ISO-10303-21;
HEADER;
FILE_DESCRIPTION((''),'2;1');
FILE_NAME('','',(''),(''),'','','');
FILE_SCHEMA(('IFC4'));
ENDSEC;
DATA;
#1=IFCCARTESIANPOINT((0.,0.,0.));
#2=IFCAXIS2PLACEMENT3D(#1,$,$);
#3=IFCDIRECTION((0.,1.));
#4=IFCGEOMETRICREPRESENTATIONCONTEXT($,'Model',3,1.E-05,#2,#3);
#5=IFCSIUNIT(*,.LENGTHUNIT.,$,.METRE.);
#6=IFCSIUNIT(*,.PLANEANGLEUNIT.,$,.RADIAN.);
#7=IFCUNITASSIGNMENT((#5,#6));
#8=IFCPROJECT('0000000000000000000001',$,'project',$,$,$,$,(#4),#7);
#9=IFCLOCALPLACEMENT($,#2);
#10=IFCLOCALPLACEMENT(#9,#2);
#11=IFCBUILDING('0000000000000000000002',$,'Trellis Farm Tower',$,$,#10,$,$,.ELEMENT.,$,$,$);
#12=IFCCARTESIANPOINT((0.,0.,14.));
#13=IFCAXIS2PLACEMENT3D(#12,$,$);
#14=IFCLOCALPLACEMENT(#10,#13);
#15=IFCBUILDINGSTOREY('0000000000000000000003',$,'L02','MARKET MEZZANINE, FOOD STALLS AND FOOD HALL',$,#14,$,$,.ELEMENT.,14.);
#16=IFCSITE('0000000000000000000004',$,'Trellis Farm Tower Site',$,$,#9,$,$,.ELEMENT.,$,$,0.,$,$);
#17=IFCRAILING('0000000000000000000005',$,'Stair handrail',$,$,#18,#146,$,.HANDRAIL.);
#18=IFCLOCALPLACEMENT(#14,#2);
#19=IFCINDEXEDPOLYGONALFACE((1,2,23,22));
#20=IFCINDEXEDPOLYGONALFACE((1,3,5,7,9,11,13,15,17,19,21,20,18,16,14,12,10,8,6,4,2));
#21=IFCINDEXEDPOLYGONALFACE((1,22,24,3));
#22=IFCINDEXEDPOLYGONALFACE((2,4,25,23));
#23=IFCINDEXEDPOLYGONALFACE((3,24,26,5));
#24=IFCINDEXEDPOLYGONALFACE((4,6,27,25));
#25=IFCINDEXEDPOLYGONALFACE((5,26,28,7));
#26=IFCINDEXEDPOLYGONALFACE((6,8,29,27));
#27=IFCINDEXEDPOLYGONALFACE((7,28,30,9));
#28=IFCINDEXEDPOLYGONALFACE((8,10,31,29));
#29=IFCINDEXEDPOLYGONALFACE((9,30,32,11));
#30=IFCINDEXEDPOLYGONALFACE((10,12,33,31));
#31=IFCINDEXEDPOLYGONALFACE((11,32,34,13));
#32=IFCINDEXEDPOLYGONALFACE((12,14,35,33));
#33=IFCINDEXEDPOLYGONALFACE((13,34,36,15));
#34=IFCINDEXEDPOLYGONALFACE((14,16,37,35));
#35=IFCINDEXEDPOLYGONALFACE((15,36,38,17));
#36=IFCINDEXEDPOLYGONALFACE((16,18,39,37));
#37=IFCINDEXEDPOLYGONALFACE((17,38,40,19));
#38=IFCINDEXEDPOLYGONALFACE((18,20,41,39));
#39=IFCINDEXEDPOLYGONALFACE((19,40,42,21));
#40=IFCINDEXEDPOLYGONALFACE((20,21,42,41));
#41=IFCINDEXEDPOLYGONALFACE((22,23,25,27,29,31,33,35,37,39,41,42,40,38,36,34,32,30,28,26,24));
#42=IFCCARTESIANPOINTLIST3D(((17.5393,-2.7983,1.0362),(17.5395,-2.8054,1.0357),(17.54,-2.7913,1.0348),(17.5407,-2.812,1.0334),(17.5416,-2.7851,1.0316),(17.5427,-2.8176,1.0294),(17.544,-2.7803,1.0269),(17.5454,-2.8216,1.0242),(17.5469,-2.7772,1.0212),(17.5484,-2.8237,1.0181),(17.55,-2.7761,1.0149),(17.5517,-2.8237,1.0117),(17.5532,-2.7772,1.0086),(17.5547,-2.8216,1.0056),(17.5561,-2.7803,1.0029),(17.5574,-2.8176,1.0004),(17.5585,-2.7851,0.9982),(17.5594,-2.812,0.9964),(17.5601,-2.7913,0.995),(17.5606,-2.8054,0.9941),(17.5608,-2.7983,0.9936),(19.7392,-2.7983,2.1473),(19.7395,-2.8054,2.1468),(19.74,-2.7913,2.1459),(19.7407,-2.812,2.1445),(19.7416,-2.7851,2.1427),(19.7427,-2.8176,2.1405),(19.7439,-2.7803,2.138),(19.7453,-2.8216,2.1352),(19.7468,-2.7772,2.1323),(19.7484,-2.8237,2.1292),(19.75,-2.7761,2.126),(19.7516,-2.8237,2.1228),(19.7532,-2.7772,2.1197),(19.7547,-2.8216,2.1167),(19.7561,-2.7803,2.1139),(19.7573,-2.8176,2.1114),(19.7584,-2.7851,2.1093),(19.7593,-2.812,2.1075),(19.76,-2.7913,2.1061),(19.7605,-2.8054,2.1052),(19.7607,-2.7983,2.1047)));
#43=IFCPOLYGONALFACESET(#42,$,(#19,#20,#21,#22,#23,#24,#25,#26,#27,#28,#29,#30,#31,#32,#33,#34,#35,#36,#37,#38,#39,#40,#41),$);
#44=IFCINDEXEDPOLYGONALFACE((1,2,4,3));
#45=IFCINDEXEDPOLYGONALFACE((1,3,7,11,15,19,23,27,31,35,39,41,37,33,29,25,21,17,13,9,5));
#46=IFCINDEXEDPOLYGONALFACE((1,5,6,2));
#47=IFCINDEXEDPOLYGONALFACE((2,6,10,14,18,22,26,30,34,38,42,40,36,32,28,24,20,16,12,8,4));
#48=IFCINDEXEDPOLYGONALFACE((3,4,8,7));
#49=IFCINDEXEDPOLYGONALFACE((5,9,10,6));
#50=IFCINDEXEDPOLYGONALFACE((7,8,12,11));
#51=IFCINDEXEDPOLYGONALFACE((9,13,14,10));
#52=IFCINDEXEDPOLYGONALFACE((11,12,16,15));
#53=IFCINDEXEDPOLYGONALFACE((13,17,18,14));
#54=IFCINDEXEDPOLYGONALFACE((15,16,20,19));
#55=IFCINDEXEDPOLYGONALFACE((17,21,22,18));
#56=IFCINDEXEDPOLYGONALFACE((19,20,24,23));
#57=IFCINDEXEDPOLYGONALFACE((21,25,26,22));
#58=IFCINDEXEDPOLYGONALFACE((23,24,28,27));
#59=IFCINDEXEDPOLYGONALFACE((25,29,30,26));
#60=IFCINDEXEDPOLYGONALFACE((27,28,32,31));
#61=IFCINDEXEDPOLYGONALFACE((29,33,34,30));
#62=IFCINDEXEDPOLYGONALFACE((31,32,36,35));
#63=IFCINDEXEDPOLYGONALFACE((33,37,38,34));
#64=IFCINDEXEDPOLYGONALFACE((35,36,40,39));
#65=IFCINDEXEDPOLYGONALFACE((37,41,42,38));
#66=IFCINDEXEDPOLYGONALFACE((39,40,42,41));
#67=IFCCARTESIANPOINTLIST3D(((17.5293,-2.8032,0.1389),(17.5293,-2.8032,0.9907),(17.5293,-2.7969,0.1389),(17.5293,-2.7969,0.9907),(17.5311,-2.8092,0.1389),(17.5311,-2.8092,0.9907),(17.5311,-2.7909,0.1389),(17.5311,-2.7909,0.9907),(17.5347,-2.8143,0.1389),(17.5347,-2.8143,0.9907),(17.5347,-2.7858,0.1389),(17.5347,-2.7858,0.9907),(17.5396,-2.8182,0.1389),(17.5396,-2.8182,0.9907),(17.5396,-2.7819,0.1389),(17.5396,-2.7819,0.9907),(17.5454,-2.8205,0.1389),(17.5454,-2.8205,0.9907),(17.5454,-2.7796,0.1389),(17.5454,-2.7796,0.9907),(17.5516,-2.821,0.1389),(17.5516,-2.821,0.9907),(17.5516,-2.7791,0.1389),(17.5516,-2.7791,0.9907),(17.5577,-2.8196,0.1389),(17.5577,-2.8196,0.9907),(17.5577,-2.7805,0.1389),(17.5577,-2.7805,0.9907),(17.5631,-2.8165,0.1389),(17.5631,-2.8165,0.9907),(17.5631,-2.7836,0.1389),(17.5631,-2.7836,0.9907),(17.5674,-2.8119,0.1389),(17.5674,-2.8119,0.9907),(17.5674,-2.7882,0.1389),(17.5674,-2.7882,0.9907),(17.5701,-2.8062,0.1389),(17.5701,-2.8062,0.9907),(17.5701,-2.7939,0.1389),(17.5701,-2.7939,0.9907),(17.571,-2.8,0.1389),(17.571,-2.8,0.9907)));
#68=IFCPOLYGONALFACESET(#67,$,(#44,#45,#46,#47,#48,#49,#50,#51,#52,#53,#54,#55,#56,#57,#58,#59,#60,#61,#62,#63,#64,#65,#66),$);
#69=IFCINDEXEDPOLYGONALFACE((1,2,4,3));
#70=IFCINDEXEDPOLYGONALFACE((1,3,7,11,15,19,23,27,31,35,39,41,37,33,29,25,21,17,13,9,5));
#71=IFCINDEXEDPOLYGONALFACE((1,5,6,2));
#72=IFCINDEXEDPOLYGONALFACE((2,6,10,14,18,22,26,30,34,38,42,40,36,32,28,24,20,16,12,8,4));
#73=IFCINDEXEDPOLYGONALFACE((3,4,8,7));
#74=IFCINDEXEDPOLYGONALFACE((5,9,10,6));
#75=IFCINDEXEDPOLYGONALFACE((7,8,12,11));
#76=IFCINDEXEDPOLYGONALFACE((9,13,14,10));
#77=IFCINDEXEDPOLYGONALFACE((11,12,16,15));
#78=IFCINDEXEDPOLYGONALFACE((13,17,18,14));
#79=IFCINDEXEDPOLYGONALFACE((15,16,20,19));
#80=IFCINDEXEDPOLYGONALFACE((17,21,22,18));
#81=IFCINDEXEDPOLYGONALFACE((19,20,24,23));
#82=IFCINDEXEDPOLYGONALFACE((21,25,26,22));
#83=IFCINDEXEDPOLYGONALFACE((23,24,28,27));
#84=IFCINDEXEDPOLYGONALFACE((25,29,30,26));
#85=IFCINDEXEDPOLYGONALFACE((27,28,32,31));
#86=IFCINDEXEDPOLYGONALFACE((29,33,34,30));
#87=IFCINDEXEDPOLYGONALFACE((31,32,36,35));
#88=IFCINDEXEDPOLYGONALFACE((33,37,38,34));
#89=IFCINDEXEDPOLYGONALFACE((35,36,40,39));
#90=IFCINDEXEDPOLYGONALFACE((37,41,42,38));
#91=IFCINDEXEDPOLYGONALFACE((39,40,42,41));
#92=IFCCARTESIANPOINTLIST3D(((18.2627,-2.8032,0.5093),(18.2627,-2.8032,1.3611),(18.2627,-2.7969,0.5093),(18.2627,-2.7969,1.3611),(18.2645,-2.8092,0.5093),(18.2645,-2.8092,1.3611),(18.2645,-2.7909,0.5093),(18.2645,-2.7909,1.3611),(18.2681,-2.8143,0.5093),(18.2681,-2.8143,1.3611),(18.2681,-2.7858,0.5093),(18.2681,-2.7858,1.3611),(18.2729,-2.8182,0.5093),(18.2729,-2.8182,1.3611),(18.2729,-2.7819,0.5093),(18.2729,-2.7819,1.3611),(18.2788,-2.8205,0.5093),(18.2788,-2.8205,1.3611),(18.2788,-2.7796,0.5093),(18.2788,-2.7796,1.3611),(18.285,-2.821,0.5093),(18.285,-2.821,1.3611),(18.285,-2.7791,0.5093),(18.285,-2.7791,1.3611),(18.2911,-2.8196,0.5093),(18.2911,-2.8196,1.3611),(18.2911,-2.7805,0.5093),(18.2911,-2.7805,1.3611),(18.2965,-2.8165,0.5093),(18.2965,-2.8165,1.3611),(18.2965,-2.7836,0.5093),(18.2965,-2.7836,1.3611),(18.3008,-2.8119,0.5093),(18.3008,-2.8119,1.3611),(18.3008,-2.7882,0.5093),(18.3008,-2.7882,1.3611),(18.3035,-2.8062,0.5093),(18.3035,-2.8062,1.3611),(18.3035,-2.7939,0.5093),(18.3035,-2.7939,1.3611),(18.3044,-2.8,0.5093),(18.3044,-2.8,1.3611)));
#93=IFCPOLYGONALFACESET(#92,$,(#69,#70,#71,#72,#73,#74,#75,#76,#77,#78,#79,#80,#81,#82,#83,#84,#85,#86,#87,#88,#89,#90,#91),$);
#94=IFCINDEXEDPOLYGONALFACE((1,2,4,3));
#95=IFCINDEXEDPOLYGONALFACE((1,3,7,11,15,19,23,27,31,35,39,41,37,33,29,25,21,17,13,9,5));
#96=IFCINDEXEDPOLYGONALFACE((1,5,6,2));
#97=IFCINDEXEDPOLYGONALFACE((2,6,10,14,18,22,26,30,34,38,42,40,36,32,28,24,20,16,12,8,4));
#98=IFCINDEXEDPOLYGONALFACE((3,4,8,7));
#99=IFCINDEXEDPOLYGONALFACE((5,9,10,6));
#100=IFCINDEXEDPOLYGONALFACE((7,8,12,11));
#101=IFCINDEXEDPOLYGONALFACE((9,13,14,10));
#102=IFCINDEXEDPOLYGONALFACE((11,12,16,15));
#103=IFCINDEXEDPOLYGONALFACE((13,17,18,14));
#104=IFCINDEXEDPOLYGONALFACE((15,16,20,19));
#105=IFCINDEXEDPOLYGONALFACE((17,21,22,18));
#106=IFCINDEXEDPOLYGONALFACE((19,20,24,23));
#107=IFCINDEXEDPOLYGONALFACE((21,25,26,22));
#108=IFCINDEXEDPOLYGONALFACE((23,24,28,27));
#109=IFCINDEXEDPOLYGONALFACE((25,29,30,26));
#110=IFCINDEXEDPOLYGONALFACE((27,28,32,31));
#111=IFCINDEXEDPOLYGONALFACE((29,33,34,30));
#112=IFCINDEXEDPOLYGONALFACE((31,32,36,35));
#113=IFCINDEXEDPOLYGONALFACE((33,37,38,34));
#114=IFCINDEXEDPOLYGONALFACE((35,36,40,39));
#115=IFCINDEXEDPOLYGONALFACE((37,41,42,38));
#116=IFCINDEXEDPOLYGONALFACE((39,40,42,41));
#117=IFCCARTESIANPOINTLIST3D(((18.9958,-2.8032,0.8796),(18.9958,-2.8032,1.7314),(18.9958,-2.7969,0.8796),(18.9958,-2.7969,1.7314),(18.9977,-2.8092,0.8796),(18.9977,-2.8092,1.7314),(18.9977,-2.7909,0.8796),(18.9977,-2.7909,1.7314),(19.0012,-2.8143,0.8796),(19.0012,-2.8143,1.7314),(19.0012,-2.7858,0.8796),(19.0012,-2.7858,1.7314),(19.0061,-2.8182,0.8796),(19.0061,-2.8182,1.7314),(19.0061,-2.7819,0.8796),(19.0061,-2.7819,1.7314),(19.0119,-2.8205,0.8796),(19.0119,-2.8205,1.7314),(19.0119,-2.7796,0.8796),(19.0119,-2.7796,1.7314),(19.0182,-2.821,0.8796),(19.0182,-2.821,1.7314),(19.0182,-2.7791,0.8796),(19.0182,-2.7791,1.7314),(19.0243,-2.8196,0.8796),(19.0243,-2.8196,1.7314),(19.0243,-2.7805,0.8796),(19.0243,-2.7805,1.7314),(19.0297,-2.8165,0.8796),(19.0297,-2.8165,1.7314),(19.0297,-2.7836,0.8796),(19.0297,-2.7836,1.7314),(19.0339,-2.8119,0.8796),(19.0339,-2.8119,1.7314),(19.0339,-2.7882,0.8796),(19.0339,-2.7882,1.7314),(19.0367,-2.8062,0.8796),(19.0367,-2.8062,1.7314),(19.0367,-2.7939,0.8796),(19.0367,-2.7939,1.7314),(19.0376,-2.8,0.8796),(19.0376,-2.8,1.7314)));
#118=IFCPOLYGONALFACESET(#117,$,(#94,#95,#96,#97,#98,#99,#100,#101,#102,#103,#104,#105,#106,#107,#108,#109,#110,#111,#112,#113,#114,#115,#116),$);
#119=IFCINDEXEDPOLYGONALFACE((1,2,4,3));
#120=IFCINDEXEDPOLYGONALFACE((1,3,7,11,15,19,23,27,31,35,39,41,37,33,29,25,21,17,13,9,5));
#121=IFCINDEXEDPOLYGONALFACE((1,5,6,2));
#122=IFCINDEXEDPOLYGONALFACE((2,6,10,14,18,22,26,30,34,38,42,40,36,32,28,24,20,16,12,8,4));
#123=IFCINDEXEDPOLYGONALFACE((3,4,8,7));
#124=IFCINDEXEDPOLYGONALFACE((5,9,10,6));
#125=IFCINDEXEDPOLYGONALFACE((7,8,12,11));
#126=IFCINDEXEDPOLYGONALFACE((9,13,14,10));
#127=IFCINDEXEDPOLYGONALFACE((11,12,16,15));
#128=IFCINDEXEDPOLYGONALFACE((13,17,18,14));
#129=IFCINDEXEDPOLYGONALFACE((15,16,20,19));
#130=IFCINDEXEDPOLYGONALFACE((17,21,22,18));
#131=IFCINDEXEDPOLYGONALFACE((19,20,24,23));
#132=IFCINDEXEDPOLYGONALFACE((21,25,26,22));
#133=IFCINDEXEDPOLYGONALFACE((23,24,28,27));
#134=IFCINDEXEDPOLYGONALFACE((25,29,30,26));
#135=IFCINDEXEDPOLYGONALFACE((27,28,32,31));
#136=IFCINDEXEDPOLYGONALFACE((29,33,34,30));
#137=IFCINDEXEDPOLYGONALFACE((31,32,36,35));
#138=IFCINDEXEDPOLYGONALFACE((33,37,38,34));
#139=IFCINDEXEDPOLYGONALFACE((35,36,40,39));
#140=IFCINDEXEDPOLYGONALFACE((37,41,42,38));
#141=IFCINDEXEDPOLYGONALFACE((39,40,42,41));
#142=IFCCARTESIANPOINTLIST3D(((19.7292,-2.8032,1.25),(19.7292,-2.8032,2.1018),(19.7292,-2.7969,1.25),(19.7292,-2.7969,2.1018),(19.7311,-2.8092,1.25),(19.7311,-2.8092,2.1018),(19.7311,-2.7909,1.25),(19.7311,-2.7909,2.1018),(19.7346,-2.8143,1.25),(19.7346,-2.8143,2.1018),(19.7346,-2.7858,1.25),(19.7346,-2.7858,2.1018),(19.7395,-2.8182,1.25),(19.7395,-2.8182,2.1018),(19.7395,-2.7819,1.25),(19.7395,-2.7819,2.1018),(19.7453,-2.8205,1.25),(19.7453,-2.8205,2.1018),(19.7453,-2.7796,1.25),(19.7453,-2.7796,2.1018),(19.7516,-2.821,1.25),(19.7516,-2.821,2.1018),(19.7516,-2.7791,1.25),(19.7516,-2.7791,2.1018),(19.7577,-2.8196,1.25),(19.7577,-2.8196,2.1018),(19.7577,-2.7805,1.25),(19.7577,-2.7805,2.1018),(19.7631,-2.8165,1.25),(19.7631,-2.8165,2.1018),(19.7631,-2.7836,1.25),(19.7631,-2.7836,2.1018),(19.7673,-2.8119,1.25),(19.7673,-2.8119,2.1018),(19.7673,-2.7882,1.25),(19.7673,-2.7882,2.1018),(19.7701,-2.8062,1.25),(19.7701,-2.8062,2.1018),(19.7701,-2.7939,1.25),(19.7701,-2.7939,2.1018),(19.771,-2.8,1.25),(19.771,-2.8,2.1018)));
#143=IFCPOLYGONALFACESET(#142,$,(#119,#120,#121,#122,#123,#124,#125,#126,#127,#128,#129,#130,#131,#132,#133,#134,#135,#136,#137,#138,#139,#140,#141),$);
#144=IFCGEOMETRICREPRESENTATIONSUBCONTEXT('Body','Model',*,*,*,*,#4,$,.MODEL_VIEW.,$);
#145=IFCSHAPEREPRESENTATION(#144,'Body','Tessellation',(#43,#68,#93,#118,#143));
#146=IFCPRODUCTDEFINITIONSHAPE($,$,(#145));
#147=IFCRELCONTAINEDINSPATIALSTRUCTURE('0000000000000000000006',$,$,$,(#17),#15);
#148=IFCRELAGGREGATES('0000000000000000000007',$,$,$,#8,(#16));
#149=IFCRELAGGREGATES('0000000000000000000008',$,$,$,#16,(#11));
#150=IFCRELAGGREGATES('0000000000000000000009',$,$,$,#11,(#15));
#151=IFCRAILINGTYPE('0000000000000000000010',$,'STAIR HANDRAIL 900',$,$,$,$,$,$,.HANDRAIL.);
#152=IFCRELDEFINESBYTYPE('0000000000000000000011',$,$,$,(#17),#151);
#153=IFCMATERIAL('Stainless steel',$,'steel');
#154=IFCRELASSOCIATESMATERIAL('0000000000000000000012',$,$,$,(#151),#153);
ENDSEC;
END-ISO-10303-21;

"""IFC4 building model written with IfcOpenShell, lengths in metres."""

from ifc_helpers import new_model, si_unit, direction, frame, origin, origin_2d, place, context, subcontext, project, spatial, circle, extrude, source, transform, mapped, material, type_object, element, save


model = new_model("IFC4")

# Units and contexts
model_context = context("Model", 3, precision=1e-05, world=origin(), true_north=direction((0.0, 1.0)))
body_context = subcontext(model_context, "Body", "Model", "MODEL_VIEW")
ifc_project = project(units=[si_unit("LENGTHUNIT", "METRE"), si_unit("PLANEANGLEUNIT", "RADIAN")], contexts=[model_context])

# Site, building, storey
site_placement = place(None, origin())
site = spatial("IfcSite", under=ifc_project, at=site_placement, Name="Trellis Farm Tower Site", CompositionType="ELEMENT", RefElevation=0.0)
building_placement = place(site_placement, origin())
building = spatial("IfcBuilding", under=site, at=building_placement, Name="Trellis Farm Tower", CompositionType="ELEMENT")
storey_placement = place(building_placement, frame((0.0, 0.0, 14.0)))
storey = spatial("IfcBuildingStorey", under=building, at=storey_placement, Name="L02", Description="MARKET MEZZANINE, FOOD STALLS AND FOOD HALL", CompositionType="ELEMENT", Elevation=14.0)

# Shared definitions
ifc_material_1 = material(Name="Stainless steel", Category="steel")

# Railing
railing_type = type_object("IfcRailingType", Name="STAIR HANDRAIL 900", PredefinedType="HANDRAIL", material=ifc_material_1)
shared_shape_1 = source(origin(), body_context, "Body", "SweptSolid", [
    extrude(circle(Radius=0.0239, at=origin_2d()), frame((0.0, 0.0, 0.876), z_axis=(0.892617, 0.0, 0.450816), x_axis=(0.0, 1.0, 0.0)), (0.0, 0.0, 1.0), 2.4646),
    extrude(circle(Radius=0.021, at=origin_2d()), origin(), (0.0, 0.0, 1.0), 0.8518),
    extrude(circle(Radius=0.021, at=origin_2d()), frame((0.7334, 0.0, 0.3704)), (0.0, 0.0, 1.0), 0.8518),
    extrude(circle(Radius=0.021, at=origin_2d()), frame((1.4666, 0.0, 0.7407)), (0.0, 0.0, 1.0), 0.8518),
    extrude(circle(Radius=0.021, at=origin_2d()), frame((2.2, 0.0, 1.1111)), (0.0, 0.0, 1.0), 0.8518),
])
for number, where, name in (
    (1, (17.55, -2.8, 0.1389), "Stair handrail"),
):
    element("IfcRailing", number, at=place(storey_placement, frame(where)), inside=storey, type_object=railing_type, Name=name, PredefinedType="HANDRAIL", context=body_context, shape_type="MappedRepresentation", body=[
        mapped(shared_shape_1, transform((0.0, 0.0, 0.0))),
    ])

save(model, "model.ifc")
